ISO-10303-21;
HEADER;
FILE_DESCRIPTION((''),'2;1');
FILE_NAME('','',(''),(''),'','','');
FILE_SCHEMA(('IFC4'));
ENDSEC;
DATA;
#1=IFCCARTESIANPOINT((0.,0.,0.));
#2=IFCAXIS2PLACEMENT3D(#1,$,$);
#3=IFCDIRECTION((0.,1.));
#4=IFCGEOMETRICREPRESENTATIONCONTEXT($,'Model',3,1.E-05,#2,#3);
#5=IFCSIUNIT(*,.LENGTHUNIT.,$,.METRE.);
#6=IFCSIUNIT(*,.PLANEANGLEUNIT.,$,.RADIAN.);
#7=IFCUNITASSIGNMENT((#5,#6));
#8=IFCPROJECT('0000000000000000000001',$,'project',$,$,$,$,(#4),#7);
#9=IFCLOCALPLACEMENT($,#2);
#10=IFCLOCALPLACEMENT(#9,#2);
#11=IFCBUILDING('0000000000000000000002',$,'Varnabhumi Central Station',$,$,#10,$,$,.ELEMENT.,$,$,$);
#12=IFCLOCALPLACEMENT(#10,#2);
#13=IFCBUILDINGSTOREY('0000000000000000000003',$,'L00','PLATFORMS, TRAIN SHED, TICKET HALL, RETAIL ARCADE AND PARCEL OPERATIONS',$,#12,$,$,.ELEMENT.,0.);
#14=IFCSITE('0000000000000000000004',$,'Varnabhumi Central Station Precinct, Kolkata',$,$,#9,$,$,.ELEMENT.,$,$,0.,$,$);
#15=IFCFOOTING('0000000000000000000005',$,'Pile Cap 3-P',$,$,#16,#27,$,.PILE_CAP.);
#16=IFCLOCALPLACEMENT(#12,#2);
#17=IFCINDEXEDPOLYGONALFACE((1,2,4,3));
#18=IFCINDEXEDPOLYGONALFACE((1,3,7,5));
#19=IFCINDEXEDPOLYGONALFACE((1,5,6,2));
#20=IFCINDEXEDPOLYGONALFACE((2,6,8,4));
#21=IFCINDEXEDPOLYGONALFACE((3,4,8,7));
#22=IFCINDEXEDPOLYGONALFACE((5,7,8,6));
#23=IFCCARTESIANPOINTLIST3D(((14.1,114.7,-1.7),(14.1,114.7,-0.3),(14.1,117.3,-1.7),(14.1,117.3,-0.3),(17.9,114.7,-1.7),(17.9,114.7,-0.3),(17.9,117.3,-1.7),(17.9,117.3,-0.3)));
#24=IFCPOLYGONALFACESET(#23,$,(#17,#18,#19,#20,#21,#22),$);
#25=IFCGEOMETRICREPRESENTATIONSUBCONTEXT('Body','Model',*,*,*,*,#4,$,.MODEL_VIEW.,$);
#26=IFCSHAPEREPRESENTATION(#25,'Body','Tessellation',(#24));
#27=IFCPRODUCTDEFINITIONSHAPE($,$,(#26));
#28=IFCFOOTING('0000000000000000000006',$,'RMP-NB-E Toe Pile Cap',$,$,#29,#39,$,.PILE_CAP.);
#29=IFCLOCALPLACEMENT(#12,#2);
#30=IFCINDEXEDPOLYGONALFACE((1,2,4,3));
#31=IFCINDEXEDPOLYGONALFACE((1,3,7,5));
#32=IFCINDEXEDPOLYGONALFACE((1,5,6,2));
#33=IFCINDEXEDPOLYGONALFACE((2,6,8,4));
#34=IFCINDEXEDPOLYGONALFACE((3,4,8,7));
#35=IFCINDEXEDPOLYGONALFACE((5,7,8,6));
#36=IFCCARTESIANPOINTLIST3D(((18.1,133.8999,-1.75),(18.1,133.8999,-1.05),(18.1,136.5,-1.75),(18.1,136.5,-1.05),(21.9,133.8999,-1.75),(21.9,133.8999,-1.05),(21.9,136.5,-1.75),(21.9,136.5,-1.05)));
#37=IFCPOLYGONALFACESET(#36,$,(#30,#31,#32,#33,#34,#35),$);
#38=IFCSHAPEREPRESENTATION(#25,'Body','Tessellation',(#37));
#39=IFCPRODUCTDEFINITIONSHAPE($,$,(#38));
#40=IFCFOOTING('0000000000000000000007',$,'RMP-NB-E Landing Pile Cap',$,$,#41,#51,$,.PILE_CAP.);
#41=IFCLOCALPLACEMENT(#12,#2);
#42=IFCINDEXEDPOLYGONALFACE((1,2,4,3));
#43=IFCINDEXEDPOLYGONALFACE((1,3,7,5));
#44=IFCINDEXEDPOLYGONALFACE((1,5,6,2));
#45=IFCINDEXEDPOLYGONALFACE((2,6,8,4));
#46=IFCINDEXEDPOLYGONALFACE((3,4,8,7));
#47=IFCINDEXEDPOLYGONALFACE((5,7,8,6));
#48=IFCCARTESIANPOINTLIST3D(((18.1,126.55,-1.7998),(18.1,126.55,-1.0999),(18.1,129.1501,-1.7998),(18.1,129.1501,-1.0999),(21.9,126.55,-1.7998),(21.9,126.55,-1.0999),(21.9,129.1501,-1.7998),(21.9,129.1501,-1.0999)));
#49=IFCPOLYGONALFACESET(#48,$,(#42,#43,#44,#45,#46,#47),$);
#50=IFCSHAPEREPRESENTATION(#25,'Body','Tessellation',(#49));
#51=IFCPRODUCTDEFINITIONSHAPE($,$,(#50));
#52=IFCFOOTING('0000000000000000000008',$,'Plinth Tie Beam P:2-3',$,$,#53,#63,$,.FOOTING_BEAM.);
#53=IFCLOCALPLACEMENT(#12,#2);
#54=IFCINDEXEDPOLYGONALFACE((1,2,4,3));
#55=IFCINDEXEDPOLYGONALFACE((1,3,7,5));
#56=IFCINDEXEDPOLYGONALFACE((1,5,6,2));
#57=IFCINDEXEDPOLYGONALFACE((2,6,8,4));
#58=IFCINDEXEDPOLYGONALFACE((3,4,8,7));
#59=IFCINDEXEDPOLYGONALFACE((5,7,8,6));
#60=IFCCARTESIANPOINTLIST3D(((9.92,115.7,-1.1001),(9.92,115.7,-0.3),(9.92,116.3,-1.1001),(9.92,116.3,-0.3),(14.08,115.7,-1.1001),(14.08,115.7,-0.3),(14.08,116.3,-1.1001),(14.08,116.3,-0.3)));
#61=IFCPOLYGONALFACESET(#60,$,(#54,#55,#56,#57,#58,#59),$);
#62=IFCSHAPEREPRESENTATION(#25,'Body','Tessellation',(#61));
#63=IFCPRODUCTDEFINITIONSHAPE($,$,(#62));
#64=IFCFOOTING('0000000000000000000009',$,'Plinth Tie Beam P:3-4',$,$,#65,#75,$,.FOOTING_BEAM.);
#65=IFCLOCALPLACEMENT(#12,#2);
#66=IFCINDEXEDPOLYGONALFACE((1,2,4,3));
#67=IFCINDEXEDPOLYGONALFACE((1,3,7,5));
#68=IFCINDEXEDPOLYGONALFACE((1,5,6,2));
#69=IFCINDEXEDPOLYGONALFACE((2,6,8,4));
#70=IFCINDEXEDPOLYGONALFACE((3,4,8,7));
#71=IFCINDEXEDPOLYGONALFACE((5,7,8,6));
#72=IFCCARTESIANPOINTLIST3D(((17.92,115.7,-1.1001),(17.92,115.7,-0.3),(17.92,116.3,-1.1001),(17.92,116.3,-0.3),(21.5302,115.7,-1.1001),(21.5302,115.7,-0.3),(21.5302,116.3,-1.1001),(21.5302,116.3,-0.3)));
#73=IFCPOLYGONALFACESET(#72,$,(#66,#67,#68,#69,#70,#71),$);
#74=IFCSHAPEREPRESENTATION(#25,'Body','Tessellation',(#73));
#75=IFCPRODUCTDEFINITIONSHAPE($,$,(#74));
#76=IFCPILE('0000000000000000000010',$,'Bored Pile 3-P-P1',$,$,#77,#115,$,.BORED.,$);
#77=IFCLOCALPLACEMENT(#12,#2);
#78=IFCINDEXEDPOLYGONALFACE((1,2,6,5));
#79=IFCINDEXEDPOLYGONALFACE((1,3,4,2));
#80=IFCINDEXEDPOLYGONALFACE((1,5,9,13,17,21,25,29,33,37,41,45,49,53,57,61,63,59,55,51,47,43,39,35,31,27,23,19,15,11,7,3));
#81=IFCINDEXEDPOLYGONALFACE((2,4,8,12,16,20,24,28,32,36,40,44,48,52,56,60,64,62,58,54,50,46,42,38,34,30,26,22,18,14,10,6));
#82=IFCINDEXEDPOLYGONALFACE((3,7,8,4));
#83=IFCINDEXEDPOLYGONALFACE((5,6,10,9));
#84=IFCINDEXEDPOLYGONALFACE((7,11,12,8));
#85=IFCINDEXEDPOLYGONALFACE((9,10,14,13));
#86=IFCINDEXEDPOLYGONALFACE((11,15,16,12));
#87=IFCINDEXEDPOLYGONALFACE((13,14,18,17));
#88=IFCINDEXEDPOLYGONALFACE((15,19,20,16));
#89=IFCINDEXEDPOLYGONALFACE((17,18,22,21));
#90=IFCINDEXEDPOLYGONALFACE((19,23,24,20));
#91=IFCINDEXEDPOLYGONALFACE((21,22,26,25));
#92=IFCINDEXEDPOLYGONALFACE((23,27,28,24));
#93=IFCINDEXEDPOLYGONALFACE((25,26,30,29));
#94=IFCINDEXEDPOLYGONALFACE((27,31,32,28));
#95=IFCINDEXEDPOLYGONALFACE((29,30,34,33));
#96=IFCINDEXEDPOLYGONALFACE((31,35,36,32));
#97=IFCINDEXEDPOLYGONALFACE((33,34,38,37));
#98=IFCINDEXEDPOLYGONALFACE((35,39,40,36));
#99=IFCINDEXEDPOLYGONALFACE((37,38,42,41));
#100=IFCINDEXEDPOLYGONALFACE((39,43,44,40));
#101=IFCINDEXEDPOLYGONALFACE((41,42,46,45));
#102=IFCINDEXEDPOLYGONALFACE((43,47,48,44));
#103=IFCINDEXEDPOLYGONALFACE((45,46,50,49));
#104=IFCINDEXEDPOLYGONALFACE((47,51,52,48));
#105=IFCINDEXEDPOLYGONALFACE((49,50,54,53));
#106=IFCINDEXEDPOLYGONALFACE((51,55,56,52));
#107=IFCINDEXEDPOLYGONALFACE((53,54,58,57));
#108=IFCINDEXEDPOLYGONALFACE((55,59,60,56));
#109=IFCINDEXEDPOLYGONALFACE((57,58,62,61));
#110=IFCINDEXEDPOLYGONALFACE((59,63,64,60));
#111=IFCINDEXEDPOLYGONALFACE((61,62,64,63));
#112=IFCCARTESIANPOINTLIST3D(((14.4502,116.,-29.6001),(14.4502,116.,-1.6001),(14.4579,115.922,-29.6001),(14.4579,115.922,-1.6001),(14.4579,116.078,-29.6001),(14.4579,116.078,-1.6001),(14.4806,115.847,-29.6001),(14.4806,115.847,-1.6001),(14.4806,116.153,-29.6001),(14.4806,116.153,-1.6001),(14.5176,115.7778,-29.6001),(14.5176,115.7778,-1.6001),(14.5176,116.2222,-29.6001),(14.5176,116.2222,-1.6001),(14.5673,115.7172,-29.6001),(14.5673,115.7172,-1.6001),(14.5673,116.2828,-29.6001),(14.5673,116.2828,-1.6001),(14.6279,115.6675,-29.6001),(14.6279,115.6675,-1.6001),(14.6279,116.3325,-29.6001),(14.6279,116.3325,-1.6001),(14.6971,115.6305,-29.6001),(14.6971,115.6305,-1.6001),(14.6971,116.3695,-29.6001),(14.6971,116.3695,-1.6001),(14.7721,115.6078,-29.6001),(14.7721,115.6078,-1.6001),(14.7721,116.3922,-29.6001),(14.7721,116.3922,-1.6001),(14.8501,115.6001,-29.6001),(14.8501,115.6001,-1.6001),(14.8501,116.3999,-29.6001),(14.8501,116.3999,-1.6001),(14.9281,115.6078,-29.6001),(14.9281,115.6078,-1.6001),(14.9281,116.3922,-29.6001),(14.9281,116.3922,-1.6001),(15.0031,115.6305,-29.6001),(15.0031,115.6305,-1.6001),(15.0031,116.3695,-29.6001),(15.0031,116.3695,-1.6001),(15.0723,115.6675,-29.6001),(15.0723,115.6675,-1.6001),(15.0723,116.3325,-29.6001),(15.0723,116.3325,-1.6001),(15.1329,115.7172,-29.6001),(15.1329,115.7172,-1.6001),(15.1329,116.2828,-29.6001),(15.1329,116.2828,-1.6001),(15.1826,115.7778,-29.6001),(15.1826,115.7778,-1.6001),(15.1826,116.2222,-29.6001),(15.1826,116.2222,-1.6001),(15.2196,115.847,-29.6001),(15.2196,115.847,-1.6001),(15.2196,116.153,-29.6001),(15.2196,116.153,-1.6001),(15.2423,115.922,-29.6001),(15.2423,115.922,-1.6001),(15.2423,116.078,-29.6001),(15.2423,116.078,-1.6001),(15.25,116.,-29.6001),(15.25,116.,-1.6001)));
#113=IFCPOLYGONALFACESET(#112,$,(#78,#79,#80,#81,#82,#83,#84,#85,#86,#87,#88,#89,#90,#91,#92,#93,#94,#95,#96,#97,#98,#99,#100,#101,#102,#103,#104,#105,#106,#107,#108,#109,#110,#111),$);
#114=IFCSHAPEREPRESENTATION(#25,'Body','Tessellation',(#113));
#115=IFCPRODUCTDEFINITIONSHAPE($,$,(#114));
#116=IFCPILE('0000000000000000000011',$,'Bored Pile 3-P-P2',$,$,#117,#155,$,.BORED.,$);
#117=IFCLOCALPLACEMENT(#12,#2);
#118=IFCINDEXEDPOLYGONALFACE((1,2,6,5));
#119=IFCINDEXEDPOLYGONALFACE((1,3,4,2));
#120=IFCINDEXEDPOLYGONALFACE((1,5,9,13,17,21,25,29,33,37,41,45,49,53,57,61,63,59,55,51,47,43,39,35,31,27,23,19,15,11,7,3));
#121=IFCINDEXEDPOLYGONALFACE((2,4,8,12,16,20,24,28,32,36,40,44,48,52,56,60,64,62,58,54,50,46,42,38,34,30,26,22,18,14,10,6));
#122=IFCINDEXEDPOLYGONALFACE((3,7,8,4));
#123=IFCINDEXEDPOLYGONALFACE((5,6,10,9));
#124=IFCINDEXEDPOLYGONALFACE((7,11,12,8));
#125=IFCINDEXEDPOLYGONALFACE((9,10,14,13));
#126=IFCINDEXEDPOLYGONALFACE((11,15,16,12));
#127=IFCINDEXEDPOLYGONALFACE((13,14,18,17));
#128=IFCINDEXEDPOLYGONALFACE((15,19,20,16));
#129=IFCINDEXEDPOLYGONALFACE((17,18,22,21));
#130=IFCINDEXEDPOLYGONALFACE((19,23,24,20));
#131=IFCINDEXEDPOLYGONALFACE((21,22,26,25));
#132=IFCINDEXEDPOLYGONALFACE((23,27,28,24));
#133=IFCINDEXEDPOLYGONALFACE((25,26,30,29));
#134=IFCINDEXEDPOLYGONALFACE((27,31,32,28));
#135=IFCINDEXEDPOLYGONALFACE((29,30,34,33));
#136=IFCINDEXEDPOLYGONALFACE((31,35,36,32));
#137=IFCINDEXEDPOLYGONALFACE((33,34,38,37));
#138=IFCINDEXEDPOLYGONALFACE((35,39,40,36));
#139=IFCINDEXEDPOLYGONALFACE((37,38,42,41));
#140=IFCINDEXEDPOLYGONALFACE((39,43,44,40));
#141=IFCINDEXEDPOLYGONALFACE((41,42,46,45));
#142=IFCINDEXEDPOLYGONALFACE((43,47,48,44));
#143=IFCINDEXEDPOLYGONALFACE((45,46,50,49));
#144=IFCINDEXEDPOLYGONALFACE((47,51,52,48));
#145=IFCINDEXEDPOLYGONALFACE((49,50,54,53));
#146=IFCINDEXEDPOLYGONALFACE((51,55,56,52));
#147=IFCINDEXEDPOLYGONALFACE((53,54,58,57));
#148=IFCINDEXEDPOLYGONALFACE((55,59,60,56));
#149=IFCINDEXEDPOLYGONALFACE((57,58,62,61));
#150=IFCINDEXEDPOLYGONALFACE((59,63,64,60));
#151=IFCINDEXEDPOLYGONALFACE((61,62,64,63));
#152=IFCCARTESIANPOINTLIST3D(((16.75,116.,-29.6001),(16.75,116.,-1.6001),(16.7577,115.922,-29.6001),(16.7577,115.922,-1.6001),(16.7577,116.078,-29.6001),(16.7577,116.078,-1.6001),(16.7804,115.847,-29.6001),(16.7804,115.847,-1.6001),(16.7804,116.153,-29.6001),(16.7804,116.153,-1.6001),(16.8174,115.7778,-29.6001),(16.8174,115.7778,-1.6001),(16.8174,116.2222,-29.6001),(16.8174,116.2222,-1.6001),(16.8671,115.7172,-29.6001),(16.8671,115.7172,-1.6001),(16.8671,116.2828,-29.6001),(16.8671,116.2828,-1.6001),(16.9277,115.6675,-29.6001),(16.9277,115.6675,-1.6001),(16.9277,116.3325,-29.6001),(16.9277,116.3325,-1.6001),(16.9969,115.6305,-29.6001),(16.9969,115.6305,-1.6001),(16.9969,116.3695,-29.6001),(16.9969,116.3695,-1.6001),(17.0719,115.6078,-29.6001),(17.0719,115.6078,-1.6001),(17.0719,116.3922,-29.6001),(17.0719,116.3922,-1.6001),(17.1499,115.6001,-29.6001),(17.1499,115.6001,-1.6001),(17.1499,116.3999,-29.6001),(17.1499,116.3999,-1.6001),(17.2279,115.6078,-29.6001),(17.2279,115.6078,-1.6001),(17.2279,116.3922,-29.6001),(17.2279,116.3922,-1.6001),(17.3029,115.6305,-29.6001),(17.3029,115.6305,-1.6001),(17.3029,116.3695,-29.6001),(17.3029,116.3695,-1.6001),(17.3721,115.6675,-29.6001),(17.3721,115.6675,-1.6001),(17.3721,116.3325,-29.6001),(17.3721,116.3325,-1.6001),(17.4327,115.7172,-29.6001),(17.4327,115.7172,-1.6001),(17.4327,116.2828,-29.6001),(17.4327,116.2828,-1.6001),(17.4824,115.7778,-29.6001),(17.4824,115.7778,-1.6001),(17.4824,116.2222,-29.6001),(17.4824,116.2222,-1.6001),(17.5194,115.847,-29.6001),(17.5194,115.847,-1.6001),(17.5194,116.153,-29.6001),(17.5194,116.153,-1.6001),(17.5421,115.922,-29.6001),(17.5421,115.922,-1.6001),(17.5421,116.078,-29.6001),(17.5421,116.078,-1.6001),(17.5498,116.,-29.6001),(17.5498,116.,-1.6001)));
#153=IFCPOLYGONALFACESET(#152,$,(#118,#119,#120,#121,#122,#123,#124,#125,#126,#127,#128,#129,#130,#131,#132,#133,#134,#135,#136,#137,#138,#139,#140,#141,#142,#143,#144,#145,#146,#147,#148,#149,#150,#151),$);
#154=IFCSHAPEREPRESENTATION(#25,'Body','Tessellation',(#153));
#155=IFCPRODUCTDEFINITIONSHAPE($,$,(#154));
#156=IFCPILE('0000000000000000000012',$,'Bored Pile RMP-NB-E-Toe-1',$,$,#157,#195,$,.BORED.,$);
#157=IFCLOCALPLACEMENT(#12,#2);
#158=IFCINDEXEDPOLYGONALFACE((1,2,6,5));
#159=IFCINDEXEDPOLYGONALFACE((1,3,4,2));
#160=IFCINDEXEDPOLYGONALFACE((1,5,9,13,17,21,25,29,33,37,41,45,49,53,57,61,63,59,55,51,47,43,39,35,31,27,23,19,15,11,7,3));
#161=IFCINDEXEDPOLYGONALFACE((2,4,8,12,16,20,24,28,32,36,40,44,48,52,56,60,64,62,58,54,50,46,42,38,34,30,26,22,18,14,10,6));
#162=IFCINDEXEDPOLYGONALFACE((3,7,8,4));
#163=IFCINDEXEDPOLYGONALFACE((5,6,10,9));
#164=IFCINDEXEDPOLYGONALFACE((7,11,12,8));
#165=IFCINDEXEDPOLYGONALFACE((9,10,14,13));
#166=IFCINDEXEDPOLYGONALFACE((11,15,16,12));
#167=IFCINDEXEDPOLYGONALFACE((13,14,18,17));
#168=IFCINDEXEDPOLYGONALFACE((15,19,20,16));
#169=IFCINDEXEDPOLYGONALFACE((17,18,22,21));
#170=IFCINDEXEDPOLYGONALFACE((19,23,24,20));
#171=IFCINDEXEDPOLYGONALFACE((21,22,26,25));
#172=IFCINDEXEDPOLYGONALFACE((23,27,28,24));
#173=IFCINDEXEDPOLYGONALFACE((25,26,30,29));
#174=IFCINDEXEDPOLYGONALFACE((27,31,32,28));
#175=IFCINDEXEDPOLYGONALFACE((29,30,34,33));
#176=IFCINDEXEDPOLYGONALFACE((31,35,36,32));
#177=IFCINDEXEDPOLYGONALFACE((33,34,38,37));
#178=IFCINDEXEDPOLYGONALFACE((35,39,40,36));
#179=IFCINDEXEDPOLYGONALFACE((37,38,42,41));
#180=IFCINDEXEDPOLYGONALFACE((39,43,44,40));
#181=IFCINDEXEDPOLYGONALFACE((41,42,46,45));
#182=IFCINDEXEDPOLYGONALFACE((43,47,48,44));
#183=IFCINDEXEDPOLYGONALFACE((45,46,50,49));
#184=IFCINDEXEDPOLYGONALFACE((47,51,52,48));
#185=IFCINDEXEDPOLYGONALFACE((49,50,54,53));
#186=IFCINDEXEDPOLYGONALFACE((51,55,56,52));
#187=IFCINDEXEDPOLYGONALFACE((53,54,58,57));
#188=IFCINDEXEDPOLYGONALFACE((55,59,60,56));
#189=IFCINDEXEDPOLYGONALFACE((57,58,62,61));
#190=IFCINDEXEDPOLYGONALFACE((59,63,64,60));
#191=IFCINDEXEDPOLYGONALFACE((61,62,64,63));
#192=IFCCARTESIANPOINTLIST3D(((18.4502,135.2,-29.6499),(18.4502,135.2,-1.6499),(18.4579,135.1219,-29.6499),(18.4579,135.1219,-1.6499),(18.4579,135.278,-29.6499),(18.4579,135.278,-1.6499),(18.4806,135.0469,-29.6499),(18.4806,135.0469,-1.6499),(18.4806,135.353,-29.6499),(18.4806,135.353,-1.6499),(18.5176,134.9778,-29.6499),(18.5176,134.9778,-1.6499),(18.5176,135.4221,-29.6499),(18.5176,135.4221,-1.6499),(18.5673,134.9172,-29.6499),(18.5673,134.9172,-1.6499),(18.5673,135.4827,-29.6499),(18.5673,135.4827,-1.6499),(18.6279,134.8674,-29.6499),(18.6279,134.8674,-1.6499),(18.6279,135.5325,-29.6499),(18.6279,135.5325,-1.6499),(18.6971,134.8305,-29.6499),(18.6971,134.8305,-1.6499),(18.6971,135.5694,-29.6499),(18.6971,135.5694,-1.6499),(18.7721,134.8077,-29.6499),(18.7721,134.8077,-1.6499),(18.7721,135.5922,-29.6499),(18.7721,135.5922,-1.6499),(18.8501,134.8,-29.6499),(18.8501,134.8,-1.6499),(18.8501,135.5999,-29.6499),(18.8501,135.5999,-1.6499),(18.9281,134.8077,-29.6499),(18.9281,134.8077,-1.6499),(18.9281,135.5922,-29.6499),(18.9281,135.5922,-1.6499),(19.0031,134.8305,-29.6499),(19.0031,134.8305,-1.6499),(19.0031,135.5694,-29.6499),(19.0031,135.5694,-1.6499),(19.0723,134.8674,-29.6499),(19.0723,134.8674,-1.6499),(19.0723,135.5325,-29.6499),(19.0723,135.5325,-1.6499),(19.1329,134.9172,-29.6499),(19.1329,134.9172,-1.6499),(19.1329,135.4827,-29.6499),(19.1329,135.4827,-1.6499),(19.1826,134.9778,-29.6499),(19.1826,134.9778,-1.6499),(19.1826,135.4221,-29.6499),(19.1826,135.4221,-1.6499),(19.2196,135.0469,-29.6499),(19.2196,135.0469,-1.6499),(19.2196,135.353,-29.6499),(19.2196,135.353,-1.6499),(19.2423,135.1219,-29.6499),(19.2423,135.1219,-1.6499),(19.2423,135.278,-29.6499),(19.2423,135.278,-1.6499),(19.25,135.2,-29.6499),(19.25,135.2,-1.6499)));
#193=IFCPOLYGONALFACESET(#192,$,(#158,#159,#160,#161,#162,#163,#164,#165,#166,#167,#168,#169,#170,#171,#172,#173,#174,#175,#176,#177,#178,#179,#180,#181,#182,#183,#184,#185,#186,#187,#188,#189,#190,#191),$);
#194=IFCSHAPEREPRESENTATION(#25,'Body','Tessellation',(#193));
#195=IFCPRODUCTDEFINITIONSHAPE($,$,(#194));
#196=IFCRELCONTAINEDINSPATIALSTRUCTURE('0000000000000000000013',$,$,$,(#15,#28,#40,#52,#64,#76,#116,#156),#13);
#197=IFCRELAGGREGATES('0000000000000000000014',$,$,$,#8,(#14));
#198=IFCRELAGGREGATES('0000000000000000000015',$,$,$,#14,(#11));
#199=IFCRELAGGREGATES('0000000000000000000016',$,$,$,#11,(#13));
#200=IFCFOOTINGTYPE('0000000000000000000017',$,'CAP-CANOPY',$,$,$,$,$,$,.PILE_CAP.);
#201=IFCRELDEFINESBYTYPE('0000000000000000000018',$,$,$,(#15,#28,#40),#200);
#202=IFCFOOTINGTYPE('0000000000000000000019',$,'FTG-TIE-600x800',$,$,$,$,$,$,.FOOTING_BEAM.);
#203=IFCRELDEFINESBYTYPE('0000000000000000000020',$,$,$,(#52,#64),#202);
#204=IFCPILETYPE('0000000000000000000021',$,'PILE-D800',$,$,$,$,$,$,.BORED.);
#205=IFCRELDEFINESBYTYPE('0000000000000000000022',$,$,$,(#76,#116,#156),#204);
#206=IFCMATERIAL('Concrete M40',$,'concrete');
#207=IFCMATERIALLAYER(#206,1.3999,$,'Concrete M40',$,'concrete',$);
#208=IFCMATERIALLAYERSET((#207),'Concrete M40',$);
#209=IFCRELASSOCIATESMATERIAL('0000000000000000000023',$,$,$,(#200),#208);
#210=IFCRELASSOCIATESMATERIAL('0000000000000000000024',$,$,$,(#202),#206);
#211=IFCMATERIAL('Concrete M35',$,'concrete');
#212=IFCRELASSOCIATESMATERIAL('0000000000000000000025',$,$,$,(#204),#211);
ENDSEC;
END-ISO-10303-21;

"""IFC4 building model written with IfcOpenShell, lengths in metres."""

from ifc_helpers import new_model, si_unit, direction, frame, origin, origin_2d, place, context, subcontext, project, spatial, rectangle, circle, extrude, material, layer, layer_set, material_profile, profile_set, type_object, element, save


model = new_model("IFC4")

# Units and contexts
model_context = context("Model", 3, precision=1e-05, world=origin(), true_north=direction((0.0, 1.0)))
body_context = subcontext(model_context, "Body", "Model", "MODEL_VIEW")
ifc_project = project(units=[si_unit("LENGTHUNIT", "METRE"), si_unit("PLANEANGLEUNIT", "RADIAN")], contexts=[model_context])

# Site, building, storey
site_placement = place(None, origin())
site = spatial("IfcSite", under=ifc_project, at=site_placement, Name="Varnabhumi Central Station Precinct, Kolkata", CompositionType="ELEMENT", RefElevation=0.0)
building_placement = place(site_placement, origin())
building = spatial("IfcBuilding", under=site, at=building_placement, Name="Varnabhumi Central Station", CompositionType="ELEMENT")
storey_placement = place(building_placement, origin())
storey = spatial("IfcBuildingStorey", under=building, at=storey_placement, Name="L00", Description="PLATFORMS, TRAIN SHED, TICKET HALL, RETAIL ARCADE AND PARCEL OPERATIONS", CompositionType="ELEMENT", Elevation=0.0)

# Footings
ifc_material_1 = material(Name="Concrete M40", Category="concrete")
ifc_layer_1 = layer(ifc_material_1, 1.3999, Name="Concrete M40", Category="concrete")
ifc_layer_set_1 = layer_set([ifc_layer_1], Name="Concrete M40")
footing_type_1 = type_object("IfcFootingType", Name="CAP-CANOPY", PredefinedType="PILE_CAP", material=ifc_layer_set_1)
footing_1_placement = place(storey_placement, frame((16.0, 116.0, -1.7), z_axis=(0.0, 0.0, 1.0), x_axis=(1.0, 0.0, 0.0)))
element("IfcFooting", 1, at=footing_1_placement, inside=storey, type_object=footing_type_1, Name="Pile Cap 3-P", PredefinedType="PILE_CAP", context=body_context, shape_type="SweptSolid", body=[
    extrude(rectangle(XDim=3.8, YDim=2.6001, at=origin_2d()), origin(), (0.0, 0.0, 1.0), 1.3999),
])
for number, where, z_axis, x_axis, name in (
    (2, (20.0, 135.2, -1.75), (0.0, 0.0, 1.0), (1.0, 0.0, 0.0), "RMP-NB-E Toe Pile Cap"),
    (3, (20.0, 127.8501, -1.7998), (0.0, 0.0, 1.0), (1.0, 0.0, 0.0), "RMP-NB-E Landing Pile Cap"),
):
    element("IfcFooting", number, at=place(storey_placement, frame(where, z_axis=z_axis, x_axis=x_axis)), inside=storey, type_object=footing_type_1, Name=name, PredefinedType="PILE_CAP", context=body_context, shape_type="SweptSolid", body=[
        extrude(rectangle(XDim=3.8, YDim=2.6001, at=origin_2d()), origin(), (0.0, 0.0, 1.0), 0.7),
    ])
footing_type_2 = type_object("IfcFootingType", Name="FTG-TIE-600x800", PredefinedType="FOOTING_BEAM", material=ifc_material_1)
footing_2_placement = place(storey_placement, frame((12.0, 116.0, -1.1001), z_axis=(0.0, 0.0, 1.0), x_axis=(1.0, 0.0, 0.0)))
element("IfcFooting", 4, at=footing_2_placement, inside=storey, type_object=footing_type_2, Name="Plinth Tie Beam P:2-3", PredefinedType="FOOTING_BEAM", context=body_context, shape_type="SweptSolid", body=[
    extrude(rectangle(XDim=4.1599, YDim=0.6001, at=origin_2d()), origin(), (0.0, 0.0, 1.0), 0.8),
])
footing_3_placement = place(storey_placement, frame((19.7251, 116.0, -1.1001), z_axis=(0.0, 0.0, 1.0), x_axis=(1.0, 0.0, 0.0)))
element("IfcFooting", 5, at=footing_3_placement, inside=storey, type_object=footing_type_2, Name="Plinth Tie Beam P:3-4", PredefinedType="FOOTING_BEAM", context=body_context, shape_type="SweptSolid", body=[
    extrude(rectangle(XDim=3.6101, YDim=0.6001, at=origin_2d()), origin(), (0.0, 0.0, 1.0), 0.8),
])

# Piles
ifc_material_2 = material(Name="Concrete M35", Category="concrete")
ifc_material_profile_1 = material_profile(ifc_material_2, circle(Radius=0.3999, at=origin_2d()), Name="Concrete M35", Category="concrete")
ifc_profile_set_1 = profile_set([ifc_material_profile_1], Name="Concrete M35")
pile_type = type_object("IfcPileType", Name="PILE-D800", PredefinedType="BORED", material=ifc_profile_set_1)
for number, where, z_axis, x_axis, name in (
    (6, (14.8501, 116.0, -1.6001), (0.0, 0.0, -1.0), (1.0, 0.0, 0.0), "Bored Pile 3-P-P1"),
    (7, (17.1499, 116.0, -1.6001), (0.0, 0.0, -1.0), (1.0, 0.0, 0.0), "Bored Pile 3-P-P2"),
    (8, (18.8501, 135.2, -1.6499), (0.0, 0.0, -1.0), (1.0, 0.0, 0.0), "Bored Pile RMP-NB-E-Toe-1"),
):
    element("IfcPile", number, at=place(storey_placement, frame(where, z_axis=z_axis, x_axis=x_axis)), inside=storey, type_object=pile_type, Name=name, PredefinedType="BORED", context=body_context, shape_type="SweptSolid", body=[
        extrude(circle(Radius=0.3999, at=origin_2d()), origin(), (0.0, 0.0, 1.0), 28.0),
    ])

save(model, "model.ifc")
